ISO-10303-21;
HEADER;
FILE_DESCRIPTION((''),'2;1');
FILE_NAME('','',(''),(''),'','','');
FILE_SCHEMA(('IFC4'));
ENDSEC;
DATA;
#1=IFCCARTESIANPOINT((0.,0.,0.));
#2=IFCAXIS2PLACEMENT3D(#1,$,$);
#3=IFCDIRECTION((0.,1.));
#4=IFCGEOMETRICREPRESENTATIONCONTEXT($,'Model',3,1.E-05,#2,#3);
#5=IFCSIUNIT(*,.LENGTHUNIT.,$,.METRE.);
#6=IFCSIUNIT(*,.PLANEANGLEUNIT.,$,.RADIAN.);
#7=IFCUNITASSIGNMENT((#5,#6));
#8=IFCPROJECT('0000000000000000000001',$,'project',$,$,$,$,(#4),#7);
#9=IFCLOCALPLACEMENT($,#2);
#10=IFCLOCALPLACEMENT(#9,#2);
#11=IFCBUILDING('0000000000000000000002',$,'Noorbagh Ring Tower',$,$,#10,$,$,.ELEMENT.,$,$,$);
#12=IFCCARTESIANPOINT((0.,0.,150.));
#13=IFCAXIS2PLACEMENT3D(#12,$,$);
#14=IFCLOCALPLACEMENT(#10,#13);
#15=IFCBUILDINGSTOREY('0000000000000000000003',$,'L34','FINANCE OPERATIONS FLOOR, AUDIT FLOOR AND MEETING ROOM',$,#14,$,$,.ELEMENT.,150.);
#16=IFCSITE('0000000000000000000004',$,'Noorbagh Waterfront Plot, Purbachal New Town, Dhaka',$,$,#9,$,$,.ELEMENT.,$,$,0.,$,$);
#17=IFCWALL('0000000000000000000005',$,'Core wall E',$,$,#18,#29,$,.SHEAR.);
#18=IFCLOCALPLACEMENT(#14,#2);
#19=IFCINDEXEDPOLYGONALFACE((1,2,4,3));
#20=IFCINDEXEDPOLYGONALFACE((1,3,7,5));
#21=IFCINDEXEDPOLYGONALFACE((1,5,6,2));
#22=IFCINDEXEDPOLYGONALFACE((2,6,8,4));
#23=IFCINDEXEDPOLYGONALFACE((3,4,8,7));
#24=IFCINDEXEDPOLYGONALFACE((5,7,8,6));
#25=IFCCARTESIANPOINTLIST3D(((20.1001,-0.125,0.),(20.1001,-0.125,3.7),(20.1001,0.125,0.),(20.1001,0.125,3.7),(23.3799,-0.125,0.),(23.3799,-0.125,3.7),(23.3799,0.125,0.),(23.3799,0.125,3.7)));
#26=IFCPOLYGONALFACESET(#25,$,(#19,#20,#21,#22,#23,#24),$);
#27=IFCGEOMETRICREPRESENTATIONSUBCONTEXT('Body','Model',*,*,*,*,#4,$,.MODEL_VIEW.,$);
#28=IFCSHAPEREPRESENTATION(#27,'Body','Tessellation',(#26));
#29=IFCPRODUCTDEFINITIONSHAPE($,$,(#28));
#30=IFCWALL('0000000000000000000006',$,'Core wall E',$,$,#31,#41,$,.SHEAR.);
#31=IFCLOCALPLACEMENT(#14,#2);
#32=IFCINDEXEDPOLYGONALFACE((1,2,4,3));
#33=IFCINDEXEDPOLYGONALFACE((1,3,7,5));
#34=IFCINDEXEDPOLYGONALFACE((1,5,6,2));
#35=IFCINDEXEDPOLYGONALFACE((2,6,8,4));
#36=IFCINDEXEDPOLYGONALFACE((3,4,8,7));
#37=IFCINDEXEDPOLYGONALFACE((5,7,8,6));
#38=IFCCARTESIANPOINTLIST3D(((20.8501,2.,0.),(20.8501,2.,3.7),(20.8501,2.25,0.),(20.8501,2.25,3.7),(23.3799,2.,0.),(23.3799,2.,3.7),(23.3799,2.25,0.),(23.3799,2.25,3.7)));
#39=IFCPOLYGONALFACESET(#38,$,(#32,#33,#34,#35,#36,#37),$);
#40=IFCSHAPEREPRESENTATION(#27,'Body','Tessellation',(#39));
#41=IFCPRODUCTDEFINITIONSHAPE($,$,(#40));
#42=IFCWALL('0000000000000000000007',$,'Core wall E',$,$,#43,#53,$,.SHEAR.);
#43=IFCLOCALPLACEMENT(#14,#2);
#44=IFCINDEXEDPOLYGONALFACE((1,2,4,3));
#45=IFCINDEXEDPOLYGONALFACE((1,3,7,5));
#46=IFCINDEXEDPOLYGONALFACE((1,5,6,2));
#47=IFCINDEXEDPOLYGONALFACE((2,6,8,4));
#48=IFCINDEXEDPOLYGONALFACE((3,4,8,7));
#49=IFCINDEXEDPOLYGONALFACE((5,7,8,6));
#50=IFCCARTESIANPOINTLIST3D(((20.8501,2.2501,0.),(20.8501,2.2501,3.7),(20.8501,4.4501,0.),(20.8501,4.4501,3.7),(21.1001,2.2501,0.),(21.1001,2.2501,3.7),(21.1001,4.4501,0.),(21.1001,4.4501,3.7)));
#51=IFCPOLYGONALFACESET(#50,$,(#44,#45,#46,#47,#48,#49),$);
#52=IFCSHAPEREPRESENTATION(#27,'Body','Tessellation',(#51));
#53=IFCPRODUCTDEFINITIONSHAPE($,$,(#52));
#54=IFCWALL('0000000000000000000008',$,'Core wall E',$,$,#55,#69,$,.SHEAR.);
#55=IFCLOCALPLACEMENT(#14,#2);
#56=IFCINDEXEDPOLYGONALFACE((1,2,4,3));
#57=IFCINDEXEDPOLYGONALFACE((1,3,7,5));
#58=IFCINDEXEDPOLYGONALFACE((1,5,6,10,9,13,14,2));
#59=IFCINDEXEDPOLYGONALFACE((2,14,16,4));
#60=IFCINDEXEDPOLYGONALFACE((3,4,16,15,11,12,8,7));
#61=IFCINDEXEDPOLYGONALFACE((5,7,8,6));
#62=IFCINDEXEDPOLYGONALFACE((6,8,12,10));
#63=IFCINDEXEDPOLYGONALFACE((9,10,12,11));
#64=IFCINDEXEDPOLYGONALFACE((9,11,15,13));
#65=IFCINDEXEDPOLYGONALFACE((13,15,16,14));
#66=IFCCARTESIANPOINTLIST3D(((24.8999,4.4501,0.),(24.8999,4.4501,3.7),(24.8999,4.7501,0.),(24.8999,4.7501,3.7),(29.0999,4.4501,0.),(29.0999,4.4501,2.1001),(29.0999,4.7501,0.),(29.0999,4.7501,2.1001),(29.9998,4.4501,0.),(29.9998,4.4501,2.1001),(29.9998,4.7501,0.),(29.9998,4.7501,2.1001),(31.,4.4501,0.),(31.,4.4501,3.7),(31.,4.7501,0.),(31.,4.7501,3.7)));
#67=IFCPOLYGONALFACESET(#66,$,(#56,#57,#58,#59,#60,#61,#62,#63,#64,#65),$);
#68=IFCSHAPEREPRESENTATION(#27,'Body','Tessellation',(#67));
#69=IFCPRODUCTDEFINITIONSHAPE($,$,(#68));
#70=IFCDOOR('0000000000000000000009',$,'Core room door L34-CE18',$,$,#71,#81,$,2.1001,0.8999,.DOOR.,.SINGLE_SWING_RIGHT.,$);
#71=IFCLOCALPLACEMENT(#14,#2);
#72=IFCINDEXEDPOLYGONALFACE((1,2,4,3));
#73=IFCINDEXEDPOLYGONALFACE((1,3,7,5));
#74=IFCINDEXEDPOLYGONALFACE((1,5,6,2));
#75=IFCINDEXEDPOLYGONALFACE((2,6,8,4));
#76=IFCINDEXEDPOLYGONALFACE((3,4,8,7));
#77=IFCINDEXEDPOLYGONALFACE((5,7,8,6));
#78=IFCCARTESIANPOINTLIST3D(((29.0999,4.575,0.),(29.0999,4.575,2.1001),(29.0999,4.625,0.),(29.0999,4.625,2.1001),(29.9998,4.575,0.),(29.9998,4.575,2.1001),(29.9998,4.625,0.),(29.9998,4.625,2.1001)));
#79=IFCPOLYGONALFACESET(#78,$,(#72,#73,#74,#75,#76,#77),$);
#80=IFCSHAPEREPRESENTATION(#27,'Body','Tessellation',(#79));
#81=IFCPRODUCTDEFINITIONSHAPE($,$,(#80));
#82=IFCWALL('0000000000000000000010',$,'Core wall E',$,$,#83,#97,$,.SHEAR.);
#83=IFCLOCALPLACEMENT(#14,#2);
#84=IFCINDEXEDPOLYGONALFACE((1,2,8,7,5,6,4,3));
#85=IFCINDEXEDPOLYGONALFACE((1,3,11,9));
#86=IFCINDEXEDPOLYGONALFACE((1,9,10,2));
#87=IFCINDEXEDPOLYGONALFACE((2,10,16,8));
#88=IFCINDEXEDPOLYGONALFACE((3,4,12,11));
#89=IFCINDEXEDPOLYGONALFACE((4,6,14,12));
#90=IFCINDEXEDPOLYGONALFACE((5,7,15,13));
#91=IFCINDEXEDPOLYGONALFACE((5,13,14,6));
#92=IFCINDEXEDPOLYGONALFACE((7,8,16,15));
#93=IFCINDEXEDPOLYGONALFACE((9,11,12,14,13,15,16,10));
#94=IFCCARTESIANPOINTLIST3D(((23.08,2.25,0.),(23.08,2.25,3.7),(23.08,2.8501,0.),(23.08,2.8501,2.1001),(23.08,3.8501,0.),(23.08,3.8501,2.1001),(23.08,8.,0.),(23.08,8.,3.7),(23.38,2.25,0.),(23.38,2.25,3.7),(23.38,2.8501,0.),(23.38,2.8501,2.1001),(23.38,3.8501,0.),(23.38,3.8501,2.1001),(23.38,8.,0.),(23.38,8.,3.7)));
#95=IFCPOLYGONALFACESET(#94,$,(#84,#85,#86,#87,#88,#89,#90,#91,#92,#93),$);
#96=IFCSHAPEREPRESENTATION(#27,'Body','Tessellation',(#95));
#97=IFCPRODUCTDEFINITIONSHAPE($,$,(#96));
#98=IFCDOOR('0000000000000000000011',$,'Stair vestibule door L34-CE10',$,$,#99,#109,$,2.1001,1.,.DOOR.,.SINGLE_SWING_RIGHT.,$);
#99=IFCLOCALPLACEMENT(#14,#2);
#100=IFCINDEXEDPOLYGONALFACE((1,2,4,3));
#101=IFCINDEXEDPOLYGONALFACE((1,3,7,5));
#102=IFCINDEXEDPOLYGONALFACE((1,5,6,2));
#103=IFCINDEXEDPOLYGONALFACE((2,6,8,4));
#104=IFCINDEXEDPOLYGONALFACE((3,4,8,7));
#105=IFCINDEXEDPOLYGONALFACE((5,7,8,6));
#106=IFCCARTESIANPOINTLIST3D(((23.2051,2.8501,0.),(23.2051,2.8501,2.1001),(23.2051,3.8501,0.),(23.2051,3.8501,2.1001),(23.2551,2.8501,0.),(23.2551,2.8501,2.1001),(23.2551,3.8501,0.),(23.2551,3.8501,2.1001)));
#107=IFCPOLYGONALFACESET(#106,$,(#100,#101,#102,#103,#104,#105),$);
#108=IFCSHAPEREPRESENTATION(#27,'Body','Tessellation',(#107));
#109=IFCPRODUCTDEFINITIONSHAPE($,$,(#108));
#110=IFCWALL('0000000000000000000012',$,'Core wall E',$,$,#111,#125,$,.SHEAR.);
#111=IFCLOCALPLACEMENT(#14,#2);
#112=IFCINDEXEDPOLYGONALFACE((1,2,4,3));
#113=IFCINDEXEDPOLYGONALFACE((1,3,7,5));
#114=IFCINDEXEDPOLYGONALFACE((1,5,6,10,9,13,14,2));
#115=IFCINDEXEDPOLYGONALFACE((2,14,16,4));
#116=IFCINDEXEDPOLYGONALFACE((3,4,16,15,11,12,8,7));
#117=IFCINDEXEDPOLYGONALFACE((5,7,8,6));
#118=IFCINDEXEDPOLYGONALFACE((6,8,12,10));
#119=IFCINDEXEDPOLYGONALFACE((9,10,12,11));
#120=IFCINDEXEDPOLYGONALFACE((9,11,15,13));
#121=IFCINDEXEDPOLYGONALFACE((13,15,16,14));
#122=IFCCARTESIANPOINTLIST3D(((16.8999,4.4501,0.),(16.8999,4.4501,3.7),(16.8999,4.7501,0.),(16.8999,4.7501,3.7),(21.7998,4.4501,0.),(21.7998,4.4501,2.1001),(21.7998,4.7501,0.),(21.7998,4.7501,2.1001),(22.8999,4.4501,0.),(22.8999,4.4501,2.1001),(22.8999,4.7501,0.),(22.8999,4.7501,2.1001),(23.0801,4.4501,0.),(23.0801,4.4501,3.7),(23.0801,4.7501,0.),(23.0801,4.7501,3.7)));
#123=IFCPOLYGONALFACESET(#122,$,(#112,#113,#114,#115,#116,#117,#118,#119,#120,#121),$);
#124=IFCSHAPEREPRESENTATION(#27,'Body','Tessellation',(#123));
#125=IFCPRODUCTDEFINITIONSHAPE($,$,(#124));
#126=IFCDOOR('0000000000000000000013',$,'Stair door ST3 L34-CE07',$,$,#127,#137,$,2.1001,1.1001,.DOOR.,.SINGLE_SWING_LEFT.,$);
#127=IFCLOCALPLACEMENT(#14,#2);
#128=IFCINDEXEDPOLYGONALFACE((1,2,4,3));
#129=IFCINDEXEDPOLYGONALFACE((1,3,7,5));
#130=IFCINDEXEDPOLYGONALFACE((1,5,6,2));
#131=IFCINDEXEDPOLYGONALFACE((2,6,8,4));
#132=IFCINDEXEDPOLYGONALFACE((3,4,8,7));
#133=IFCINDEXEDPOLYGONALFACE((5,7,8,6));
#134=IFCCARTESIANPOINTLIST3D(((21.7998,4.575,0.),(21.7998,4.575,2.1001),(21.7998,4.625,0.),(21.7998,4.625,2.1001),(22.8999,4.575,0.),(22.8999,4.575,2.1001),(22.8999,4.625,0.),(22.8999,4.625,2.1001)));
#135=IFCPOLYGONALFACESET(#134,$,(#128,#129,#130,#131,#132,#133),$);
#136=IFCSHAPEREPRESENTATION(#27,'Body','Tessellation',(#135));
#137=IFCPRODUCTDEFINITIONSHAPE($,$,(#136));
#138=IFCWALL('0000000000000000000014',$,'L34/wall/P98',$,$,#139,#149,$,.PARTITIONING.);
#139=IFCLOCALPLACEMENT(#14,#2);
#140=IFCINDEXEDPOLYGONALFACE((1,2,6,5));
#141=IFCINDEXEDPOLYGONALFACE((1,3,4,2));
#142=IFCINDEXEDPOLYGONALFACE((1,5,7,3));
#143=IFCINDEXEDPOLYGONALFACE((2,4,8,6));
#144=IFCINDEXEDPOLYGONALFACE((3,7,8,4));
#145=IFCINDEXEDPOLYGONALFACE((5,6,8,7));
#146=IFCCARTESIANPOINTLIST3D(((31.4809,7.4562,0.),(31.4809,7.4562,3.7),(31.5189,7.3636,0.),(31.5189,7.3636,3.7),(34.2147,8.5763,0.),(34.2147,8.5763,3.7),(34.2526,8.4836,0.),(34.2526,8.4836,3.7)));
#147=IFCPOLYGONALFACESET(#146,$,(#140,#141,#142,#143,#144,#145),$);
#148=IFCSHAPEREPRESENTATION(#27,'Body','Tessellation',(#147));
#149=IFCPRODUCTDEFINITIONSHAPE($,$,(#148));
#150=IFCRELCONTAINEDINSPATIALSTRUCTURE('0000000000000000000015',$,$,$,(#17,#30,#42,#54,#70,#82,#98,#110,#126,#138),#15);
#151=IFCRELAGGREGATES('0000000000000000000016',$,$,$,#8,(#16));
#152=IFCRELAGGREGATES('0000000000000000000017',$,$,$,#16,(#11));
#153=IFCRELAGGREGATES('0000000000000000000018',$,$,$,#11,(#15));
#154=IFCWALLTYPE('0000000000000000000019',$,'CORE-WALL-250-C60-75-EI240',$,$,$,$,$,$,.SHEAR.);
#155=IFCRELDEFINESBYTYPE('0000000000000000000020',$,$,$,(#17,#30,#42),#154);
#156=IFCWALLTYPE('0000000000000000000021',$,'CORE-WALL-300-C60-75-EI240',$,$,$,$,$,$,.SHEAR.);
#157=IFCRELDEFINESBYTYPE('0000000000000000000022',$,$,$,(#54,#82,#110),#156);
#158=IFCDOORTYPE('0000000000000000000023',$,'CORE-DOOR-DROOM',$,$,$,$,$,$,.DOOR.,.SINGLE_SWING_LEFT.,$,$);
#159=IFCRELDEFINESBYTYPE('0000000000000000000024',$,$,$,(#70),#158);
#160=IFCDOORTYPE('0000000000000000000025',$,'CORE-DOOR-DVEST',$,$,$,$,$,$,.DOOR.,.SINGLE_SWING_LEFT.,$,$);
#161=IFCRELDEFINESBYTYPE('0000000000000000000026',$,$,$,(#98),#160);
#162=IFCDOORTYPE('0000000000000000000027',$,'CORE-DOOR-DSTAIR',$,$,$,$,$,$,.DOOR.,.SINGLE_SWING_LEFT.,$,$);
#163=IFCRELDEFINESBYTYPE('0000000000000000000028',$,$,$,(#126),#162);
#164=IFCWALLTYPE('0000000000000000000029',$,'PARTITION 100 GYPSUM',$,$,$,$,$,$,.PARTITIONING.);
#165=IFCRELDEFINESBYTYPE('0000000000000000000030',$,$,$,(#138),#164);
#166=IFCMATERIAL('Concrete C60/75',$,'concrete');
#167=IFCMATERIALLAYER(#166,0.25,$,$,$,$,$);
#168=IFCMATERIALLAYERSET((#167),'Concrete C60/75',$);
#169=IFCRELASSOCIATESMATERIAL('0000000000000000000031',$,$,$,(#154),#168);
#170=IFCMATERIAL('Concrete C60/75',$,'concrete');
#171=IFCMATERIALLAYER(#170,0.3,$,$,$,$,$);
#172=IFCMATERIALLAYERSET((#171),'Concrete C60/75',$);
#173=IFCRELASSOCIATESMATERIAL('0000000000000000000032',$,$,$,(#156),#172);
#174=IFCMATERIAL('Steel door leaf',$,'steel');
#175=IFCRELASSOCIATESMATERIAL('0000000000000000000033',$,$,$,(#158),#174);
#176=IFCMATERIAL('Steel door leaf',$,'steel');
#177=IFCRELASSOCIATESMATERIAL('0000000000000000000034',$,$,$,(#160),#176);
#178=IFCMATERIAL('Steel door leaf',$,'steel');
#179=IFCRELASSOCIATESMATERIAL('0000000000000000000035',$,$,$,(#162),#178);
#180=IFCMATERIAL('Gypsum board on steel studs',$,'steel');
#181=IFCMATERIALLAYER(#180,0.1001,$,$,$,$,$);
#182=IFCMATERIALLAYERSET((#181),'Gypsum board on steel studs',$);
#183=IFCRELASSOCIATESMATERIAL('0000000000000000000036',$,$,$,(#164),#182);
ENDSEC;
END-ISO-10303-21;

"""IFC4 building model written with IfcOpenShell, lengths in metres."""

from ifc_helpers import new_model, si_unit, direction, frame, frame_2d, origin, place, context, subcontext, project, spatial, rectangle, extrude, material, layer, layer_set, type_object, element, fill, save


model = new_model("IFC4")

# Units and contexts
model_context = context("Model", 3, precision=1e-05, world=origin(), true_north=direction((0.0, 1.0)))
body_context = subcontext(model_context, "Body", "Model", "MODEL_VIEW")
ifc_project = project(units=[si_unit("LENGTHUNIT", "METRE"), si_unit("PLANEANGLEUNIT", "RADIAN")], contexts=[model_context])

# Site, building, storey
site_placement = place(None, origin())
site = spatial("IfcSite", under=ifc_project, at=site_placement, Name="Noorbagh Waterfront Plot, Purbachal New Town, Dhaka", CompositionType="ELEMENT", RefElevation=0.0)
building_placement = place(site_placement, origin())
building = spatial("IfcBuilding", under=site, at=building_placement, Name="Noorbagh Ring Tower", CompositionType="ELEMENT")
storey_placement = place(building_placement, frame((0.0, 0.0, 150.0)))
storey = spatial("IfcBuildingStorey", under=building, at=storey_placement, Name="L34", Description="FINANCE OPERATIONS FLOOR, AUDIT FLOOR AND MEETING ROOM", CompositionType="ELEMENT", Elevation=150.0)

# Walls
ifc_material_1 = material(Name="Concrete C60/75", Category="concrete")
ifc_layer_1 = layer(ifc_material_1, 0.25)
ifc_layer_set_1 = layer_set([ifc_layer_1], Name="Concrete C60/75")
wall_type_1 = type_object("IfcWallType", Name="CORE-WALL-250-C60-75-EI240", PredefinedType="SHEAR", material=ifc_layer_set_1)
wall_1_placement = place(storey_placement, frame((20.1001, 0.0, 0.0), z_axis=(0.0, 0.0, 1.0), x_axis=(1.0, 0.0, 0.0)))
element("IfcWall", 1, at=wall_1_placement, inside=storey, type_object=wall_type_1, Name="Core wall E", PredefinedType="SHEAR", context=body_context, shape_type="SweptSolid", body=[
    extrude(rectangle(XDim=3.2798, YDim=0.25, at=frame_2d((1.6399, 0.0))), origin(), (0.0, 0.0, 1.0), 3.7),
])
wall_2_placement = place(storey_placement, frame((20.8501, 2.125, 0.0), z_axis=(0.0, 0.0, 1.0), x_axis=(1.0, 0.0, 0.0)))
element("IfcWall", 2, at=wall_2_placement, inside=storey, type_object=wall_type_1, Name="Core wall E", PredefinedType="SHEAR", context=body_context, shape_type="SweptSolid", body=[
    extrude(rectangle(XDim=2.5298, YDim=0.25, at=frame_2d((1.2649, 0.0))), origin(), (0.0, 0.0, 1.0), 3.7),
])
wall_3_placement = place(storey_placement, frame((20.9751, 2.25, 0.0), z_axis=(0.0, 0.0, 1.0), x_axis=(0.0, 1.0, 0.0)))
element("IfcWall", 3, at=wall_3_placement, inside=storey, type_object=wall_type_1, Name="Core wall E", PredefinedType="SHEAR", context=body_context, shape_type="SweptSolid", body=[
    extrude(rectangle(XDim=2.2, YDim=0.25, at=frame_2d((1.1001, 0.0))), origin(), (0.0, 0.0, 1.0), 3.7),
])

# Walls, openings, doors
ifc_material_2 = material(Name="Concrete C60/75", Category="concrete")
ifc_layer_2 = layer(ifc_material_2, 0.3)
ifc_layer_set_2 = layer_set([ifc_layer_2], Name="Concrete C60/75")
wall_type_2 = type_object("IfcWallType", Name="CORE-WALL-300-C60-75-EI240", PredefinedType="SHEAR", material=ifc_layer_set_2)
wall_4_placement = place(storey_placement, frame((24.8999, 4.6001, 0.0), z_axis=(0.0, 0.0, 1.0), x_axis=(1.0, 0.0, 0.0)))
wall_4 = element("IfcWall", 4, at=wall_4_placement, inside=storey, type_object=wall_type_2, Name="Core wall E", PredefinedType="SHEAR", context=body_context, shape_type="SweptSolid", body=[
    extrude(rectangle(XDim=6.1001, YDim=0.3, at=frame_2d((3.05, 0.0))), origin(), (0.0, 0.0, 1.0), 3.7),
])
opening_1_placement = place(wall_4_placement, frame((4.2, 0.0, 0.0)))
opening_1 = element("IfcOpeningElement", 5, at=opening_1_placement, cuts=wall_4, PredefinedType="OPENING", context=body_context, shape_type="SweptSolid", body=[
    extrude(rectangle(XDim=0.8999, YDim=2.1001, at=frame_2d((0.45, 1.05))), frame((0.0, 0.1602, 0.0), z_axis=(0.0, -1.0, 0.0), x_axis=(1.0, 0.0, 0.0)), (0.0, 0.0, 1.0), 0.3201),
])
ifc_material_3 = material(Name="Steel door leaf", Category="steel")
door_type_1 = type_object("IfcDoorType", Name="CORE-DOOR-DROOM", OperationType="SINGLE_SWING_LEFT", PredefinedType="DOOR", material=ifc_material_3)
door_1_placement = place(opening_1_placement, origin())
door_1 = element("IfcDoor", 6, at=door_1_placement, inside=storey, type_object=door_type_1, Name="Core room door L34-CE18", OperationType="SINGLE_SWING_RIGHT", OverallHeight=2.1001, OverallWidth=0.8999, PredefinedType="DOOR", context=body_context, shape_type="SweptSolid", body=[
    extrude(rectangle(XDim=0.8999, YDim=2.1001, at=frame_2d((0.45, 1.05))), frame((0.0, 0.0249, 0.0), z_axis=(0.0, -1.0, 0.0), x_axis=(1.0, 0.0, 0.0)), (0.0, 0.0, 1.0), 0.05),
])
fill(opening_1, door_1)
wall_5_placement = place(storey_placement, frame((23.23, 2.25, 0.0), z_axis=(0.0, 0.0, 1.0), x_axis=(0.0, 1.0, 0.0)))
wall_5 = element("IfcWall", 7, at=wall_5_placement, inside=storey, type_object=wall_type_2, Name="Core wall E", PredefinedType="SHEAR", context=body_context, shape_type="SweptSolid", body=[
    extrude(rectangle(XDim=5.75, YDim=0.3, at=frame_2d((2.875, 0.0))), origin(), (0.0, 0.0, 1.0), 3.7),
])
opening_2_placement = place(wall_5_placement, frame((0.6001, 0.0, 0.0)))
opening_2 = element("IfcOpeningElement", 8, at=opening_2_placement, cuts=wall_5, PredefinedType="OPENING", context=body_context, shape_type="SweptSolid", body=[
    extrude(rectangle(XDim=1.0, YDim=2.1001, at=frame_2d((0.5, 1.05))), frame((0.0, 0.1602, 0.0), z_axis=(0.0, -1.0, 0.0), x_axis=(1.0, 0.0, 0.0)), (0.0, 0.0, 1.0), 0.3201),
])
ifc_material_4 = material(Name="Steel door leaf", Category="steel")
door_type_2 = type_object("IfcDoorType", Name="CORE-DOOR-DVEST", OperationType="SINGLE_SWING_LEFT", PredefinedType="DOOR", material=ifc_material_4)
door_2_placement = place(opening_2_placement, origin())
door_2 = element("IfcDoor", 9, at=door_2_placement, inside=storey, type_object=door_type_2, Name="Stair vestibule door L34-CE10", OperationType="SINGLE_SWING_RIGHT", OverallHeight=2.1001, OverallWidth=1.0, PredefinedType="DOOR", context=body_context, shape_type="SweptSolid", body=[
    extrude(rectangle(XDim=1.0, YDim=2.1001, at=frame_2d((0.5, 1.05))), frame((0.0, 0.0249, 0.0), z_axis=(0.0, -1.0, 0.0), x_axis=(1.0, 0.0, 0.0)), (0.0, 0.0, 1.0), 0.05),
])
fill(opening_2, door_2)
wall_6_placement = place(storey_placement, frame((16.8999, 4.6001, 0.0), z_axis=(0.0, 0.0, 1.0), x_axis=(1.0, 0.0, 0.0)))
wall_6 = element("IfcWall", 10, at=wall_6_placement, inside=storey, type_object=wall_type_2, Name="Core wall E", PredefinedType="SHEAR", context=body_context, shape_type="SweptSolid", body=[
    extrude(rectangle(XDim=6.1802, YDim=0.3, at=frame_2d((3.0901, 0.0))), origin(), (0.0, 0.0, 1.0), 3.7),
])
opening_3_placement = place(wall_6_placement, frame((4.8999, 0.0, 0.0)))
opening_3 = element("IfcOpeningElement", 11, at=opening_3_placement, cuts=wall_6, PredefinedType="OPENING", context=body_context, shape_type="SweptSolid", body=[
    extrude(rectangle(XDim=1.1001, YDim=2.1001, at=frame_2d((0.55, 1.05))), frame((0.0, 0.1602, 0.0), z_axis=(0.0, -1.0, 0.0), x_axis=(1.0, 0.0, 0.0)), (0.0, 0.0, 1.0), 0.3201),
])
ifc_material_5 = material(Name="Steel door leaf", Category="steel")
door_type_3 = type_object("IfcDoorType", Name="CORE-DOOR-DSTAIR", OperationType="SINGLE_SWING_LEFT", PredefinedType="DOOR", material=ifc_material_5)
door_3_placement = place(opening_3_placement, origin())
door_3 = element("IfcDoor", 12, at=door_3_placement, inside=storey, type_object=door_type_3, Name="Stair door ST3 L34-CE07", OperationType="SINGLE_SWING_LEFT", OverallHeight=2.1001, OverallWidth=1.1001, PredefinedType="DOOR", context=body_context, shape_type="SweptSolid", body=[
    extrude(rectangle(XDim=1.1001, YDim=2.1001, at=frame_2d((0.55, 1.05))), frame((0.0, 0.0249, 0.0), z_axis=(0.0, -1.0, 0.0), x_axis=(1.0, 0.0, 0.0)), (0.0, 0.0, 1.0), 0.05),
])
fill(opening_3, door_3)

# Wall
ifc_material_6 = material(Name="Gypsum board on steel studs", Category="steel")
ifc_layer_3 = layer(ifc_material_6, 0.1001)
ifc_layer_set_3 = layer_set([ifc_layer_3], Name="Gypsum board on steel studs")
wall_type_3 = type_object("IfcWallType", Name="PARTITION 100 GYPSUM", PredefinedType="PARTITIONING", material=ifc_layer_set_3)
wall_7_placement = place(storey_placement, frame((31.5, 7.4099, 0.0), z_axis=(0.0, 0.0, 1.0), x_axis=(0.925344, 0.379128, 0.0)))
element("IfcWall", 13, at=wall_7_placement, inside=storey, type_object=wall_type_3, Name="L34/wall/P98", PredefinedType="PARTITIONING", context=body_context, shape_type="SweptSolid", body=[
    extrude(rectangle(XDim=2.9543, YDim=0.1001, at=frame_2d((1.4771, 0.0))), origin(), (0.0, 0.0, 1.0), 3.7),
])

save(model, "model.ifc")
